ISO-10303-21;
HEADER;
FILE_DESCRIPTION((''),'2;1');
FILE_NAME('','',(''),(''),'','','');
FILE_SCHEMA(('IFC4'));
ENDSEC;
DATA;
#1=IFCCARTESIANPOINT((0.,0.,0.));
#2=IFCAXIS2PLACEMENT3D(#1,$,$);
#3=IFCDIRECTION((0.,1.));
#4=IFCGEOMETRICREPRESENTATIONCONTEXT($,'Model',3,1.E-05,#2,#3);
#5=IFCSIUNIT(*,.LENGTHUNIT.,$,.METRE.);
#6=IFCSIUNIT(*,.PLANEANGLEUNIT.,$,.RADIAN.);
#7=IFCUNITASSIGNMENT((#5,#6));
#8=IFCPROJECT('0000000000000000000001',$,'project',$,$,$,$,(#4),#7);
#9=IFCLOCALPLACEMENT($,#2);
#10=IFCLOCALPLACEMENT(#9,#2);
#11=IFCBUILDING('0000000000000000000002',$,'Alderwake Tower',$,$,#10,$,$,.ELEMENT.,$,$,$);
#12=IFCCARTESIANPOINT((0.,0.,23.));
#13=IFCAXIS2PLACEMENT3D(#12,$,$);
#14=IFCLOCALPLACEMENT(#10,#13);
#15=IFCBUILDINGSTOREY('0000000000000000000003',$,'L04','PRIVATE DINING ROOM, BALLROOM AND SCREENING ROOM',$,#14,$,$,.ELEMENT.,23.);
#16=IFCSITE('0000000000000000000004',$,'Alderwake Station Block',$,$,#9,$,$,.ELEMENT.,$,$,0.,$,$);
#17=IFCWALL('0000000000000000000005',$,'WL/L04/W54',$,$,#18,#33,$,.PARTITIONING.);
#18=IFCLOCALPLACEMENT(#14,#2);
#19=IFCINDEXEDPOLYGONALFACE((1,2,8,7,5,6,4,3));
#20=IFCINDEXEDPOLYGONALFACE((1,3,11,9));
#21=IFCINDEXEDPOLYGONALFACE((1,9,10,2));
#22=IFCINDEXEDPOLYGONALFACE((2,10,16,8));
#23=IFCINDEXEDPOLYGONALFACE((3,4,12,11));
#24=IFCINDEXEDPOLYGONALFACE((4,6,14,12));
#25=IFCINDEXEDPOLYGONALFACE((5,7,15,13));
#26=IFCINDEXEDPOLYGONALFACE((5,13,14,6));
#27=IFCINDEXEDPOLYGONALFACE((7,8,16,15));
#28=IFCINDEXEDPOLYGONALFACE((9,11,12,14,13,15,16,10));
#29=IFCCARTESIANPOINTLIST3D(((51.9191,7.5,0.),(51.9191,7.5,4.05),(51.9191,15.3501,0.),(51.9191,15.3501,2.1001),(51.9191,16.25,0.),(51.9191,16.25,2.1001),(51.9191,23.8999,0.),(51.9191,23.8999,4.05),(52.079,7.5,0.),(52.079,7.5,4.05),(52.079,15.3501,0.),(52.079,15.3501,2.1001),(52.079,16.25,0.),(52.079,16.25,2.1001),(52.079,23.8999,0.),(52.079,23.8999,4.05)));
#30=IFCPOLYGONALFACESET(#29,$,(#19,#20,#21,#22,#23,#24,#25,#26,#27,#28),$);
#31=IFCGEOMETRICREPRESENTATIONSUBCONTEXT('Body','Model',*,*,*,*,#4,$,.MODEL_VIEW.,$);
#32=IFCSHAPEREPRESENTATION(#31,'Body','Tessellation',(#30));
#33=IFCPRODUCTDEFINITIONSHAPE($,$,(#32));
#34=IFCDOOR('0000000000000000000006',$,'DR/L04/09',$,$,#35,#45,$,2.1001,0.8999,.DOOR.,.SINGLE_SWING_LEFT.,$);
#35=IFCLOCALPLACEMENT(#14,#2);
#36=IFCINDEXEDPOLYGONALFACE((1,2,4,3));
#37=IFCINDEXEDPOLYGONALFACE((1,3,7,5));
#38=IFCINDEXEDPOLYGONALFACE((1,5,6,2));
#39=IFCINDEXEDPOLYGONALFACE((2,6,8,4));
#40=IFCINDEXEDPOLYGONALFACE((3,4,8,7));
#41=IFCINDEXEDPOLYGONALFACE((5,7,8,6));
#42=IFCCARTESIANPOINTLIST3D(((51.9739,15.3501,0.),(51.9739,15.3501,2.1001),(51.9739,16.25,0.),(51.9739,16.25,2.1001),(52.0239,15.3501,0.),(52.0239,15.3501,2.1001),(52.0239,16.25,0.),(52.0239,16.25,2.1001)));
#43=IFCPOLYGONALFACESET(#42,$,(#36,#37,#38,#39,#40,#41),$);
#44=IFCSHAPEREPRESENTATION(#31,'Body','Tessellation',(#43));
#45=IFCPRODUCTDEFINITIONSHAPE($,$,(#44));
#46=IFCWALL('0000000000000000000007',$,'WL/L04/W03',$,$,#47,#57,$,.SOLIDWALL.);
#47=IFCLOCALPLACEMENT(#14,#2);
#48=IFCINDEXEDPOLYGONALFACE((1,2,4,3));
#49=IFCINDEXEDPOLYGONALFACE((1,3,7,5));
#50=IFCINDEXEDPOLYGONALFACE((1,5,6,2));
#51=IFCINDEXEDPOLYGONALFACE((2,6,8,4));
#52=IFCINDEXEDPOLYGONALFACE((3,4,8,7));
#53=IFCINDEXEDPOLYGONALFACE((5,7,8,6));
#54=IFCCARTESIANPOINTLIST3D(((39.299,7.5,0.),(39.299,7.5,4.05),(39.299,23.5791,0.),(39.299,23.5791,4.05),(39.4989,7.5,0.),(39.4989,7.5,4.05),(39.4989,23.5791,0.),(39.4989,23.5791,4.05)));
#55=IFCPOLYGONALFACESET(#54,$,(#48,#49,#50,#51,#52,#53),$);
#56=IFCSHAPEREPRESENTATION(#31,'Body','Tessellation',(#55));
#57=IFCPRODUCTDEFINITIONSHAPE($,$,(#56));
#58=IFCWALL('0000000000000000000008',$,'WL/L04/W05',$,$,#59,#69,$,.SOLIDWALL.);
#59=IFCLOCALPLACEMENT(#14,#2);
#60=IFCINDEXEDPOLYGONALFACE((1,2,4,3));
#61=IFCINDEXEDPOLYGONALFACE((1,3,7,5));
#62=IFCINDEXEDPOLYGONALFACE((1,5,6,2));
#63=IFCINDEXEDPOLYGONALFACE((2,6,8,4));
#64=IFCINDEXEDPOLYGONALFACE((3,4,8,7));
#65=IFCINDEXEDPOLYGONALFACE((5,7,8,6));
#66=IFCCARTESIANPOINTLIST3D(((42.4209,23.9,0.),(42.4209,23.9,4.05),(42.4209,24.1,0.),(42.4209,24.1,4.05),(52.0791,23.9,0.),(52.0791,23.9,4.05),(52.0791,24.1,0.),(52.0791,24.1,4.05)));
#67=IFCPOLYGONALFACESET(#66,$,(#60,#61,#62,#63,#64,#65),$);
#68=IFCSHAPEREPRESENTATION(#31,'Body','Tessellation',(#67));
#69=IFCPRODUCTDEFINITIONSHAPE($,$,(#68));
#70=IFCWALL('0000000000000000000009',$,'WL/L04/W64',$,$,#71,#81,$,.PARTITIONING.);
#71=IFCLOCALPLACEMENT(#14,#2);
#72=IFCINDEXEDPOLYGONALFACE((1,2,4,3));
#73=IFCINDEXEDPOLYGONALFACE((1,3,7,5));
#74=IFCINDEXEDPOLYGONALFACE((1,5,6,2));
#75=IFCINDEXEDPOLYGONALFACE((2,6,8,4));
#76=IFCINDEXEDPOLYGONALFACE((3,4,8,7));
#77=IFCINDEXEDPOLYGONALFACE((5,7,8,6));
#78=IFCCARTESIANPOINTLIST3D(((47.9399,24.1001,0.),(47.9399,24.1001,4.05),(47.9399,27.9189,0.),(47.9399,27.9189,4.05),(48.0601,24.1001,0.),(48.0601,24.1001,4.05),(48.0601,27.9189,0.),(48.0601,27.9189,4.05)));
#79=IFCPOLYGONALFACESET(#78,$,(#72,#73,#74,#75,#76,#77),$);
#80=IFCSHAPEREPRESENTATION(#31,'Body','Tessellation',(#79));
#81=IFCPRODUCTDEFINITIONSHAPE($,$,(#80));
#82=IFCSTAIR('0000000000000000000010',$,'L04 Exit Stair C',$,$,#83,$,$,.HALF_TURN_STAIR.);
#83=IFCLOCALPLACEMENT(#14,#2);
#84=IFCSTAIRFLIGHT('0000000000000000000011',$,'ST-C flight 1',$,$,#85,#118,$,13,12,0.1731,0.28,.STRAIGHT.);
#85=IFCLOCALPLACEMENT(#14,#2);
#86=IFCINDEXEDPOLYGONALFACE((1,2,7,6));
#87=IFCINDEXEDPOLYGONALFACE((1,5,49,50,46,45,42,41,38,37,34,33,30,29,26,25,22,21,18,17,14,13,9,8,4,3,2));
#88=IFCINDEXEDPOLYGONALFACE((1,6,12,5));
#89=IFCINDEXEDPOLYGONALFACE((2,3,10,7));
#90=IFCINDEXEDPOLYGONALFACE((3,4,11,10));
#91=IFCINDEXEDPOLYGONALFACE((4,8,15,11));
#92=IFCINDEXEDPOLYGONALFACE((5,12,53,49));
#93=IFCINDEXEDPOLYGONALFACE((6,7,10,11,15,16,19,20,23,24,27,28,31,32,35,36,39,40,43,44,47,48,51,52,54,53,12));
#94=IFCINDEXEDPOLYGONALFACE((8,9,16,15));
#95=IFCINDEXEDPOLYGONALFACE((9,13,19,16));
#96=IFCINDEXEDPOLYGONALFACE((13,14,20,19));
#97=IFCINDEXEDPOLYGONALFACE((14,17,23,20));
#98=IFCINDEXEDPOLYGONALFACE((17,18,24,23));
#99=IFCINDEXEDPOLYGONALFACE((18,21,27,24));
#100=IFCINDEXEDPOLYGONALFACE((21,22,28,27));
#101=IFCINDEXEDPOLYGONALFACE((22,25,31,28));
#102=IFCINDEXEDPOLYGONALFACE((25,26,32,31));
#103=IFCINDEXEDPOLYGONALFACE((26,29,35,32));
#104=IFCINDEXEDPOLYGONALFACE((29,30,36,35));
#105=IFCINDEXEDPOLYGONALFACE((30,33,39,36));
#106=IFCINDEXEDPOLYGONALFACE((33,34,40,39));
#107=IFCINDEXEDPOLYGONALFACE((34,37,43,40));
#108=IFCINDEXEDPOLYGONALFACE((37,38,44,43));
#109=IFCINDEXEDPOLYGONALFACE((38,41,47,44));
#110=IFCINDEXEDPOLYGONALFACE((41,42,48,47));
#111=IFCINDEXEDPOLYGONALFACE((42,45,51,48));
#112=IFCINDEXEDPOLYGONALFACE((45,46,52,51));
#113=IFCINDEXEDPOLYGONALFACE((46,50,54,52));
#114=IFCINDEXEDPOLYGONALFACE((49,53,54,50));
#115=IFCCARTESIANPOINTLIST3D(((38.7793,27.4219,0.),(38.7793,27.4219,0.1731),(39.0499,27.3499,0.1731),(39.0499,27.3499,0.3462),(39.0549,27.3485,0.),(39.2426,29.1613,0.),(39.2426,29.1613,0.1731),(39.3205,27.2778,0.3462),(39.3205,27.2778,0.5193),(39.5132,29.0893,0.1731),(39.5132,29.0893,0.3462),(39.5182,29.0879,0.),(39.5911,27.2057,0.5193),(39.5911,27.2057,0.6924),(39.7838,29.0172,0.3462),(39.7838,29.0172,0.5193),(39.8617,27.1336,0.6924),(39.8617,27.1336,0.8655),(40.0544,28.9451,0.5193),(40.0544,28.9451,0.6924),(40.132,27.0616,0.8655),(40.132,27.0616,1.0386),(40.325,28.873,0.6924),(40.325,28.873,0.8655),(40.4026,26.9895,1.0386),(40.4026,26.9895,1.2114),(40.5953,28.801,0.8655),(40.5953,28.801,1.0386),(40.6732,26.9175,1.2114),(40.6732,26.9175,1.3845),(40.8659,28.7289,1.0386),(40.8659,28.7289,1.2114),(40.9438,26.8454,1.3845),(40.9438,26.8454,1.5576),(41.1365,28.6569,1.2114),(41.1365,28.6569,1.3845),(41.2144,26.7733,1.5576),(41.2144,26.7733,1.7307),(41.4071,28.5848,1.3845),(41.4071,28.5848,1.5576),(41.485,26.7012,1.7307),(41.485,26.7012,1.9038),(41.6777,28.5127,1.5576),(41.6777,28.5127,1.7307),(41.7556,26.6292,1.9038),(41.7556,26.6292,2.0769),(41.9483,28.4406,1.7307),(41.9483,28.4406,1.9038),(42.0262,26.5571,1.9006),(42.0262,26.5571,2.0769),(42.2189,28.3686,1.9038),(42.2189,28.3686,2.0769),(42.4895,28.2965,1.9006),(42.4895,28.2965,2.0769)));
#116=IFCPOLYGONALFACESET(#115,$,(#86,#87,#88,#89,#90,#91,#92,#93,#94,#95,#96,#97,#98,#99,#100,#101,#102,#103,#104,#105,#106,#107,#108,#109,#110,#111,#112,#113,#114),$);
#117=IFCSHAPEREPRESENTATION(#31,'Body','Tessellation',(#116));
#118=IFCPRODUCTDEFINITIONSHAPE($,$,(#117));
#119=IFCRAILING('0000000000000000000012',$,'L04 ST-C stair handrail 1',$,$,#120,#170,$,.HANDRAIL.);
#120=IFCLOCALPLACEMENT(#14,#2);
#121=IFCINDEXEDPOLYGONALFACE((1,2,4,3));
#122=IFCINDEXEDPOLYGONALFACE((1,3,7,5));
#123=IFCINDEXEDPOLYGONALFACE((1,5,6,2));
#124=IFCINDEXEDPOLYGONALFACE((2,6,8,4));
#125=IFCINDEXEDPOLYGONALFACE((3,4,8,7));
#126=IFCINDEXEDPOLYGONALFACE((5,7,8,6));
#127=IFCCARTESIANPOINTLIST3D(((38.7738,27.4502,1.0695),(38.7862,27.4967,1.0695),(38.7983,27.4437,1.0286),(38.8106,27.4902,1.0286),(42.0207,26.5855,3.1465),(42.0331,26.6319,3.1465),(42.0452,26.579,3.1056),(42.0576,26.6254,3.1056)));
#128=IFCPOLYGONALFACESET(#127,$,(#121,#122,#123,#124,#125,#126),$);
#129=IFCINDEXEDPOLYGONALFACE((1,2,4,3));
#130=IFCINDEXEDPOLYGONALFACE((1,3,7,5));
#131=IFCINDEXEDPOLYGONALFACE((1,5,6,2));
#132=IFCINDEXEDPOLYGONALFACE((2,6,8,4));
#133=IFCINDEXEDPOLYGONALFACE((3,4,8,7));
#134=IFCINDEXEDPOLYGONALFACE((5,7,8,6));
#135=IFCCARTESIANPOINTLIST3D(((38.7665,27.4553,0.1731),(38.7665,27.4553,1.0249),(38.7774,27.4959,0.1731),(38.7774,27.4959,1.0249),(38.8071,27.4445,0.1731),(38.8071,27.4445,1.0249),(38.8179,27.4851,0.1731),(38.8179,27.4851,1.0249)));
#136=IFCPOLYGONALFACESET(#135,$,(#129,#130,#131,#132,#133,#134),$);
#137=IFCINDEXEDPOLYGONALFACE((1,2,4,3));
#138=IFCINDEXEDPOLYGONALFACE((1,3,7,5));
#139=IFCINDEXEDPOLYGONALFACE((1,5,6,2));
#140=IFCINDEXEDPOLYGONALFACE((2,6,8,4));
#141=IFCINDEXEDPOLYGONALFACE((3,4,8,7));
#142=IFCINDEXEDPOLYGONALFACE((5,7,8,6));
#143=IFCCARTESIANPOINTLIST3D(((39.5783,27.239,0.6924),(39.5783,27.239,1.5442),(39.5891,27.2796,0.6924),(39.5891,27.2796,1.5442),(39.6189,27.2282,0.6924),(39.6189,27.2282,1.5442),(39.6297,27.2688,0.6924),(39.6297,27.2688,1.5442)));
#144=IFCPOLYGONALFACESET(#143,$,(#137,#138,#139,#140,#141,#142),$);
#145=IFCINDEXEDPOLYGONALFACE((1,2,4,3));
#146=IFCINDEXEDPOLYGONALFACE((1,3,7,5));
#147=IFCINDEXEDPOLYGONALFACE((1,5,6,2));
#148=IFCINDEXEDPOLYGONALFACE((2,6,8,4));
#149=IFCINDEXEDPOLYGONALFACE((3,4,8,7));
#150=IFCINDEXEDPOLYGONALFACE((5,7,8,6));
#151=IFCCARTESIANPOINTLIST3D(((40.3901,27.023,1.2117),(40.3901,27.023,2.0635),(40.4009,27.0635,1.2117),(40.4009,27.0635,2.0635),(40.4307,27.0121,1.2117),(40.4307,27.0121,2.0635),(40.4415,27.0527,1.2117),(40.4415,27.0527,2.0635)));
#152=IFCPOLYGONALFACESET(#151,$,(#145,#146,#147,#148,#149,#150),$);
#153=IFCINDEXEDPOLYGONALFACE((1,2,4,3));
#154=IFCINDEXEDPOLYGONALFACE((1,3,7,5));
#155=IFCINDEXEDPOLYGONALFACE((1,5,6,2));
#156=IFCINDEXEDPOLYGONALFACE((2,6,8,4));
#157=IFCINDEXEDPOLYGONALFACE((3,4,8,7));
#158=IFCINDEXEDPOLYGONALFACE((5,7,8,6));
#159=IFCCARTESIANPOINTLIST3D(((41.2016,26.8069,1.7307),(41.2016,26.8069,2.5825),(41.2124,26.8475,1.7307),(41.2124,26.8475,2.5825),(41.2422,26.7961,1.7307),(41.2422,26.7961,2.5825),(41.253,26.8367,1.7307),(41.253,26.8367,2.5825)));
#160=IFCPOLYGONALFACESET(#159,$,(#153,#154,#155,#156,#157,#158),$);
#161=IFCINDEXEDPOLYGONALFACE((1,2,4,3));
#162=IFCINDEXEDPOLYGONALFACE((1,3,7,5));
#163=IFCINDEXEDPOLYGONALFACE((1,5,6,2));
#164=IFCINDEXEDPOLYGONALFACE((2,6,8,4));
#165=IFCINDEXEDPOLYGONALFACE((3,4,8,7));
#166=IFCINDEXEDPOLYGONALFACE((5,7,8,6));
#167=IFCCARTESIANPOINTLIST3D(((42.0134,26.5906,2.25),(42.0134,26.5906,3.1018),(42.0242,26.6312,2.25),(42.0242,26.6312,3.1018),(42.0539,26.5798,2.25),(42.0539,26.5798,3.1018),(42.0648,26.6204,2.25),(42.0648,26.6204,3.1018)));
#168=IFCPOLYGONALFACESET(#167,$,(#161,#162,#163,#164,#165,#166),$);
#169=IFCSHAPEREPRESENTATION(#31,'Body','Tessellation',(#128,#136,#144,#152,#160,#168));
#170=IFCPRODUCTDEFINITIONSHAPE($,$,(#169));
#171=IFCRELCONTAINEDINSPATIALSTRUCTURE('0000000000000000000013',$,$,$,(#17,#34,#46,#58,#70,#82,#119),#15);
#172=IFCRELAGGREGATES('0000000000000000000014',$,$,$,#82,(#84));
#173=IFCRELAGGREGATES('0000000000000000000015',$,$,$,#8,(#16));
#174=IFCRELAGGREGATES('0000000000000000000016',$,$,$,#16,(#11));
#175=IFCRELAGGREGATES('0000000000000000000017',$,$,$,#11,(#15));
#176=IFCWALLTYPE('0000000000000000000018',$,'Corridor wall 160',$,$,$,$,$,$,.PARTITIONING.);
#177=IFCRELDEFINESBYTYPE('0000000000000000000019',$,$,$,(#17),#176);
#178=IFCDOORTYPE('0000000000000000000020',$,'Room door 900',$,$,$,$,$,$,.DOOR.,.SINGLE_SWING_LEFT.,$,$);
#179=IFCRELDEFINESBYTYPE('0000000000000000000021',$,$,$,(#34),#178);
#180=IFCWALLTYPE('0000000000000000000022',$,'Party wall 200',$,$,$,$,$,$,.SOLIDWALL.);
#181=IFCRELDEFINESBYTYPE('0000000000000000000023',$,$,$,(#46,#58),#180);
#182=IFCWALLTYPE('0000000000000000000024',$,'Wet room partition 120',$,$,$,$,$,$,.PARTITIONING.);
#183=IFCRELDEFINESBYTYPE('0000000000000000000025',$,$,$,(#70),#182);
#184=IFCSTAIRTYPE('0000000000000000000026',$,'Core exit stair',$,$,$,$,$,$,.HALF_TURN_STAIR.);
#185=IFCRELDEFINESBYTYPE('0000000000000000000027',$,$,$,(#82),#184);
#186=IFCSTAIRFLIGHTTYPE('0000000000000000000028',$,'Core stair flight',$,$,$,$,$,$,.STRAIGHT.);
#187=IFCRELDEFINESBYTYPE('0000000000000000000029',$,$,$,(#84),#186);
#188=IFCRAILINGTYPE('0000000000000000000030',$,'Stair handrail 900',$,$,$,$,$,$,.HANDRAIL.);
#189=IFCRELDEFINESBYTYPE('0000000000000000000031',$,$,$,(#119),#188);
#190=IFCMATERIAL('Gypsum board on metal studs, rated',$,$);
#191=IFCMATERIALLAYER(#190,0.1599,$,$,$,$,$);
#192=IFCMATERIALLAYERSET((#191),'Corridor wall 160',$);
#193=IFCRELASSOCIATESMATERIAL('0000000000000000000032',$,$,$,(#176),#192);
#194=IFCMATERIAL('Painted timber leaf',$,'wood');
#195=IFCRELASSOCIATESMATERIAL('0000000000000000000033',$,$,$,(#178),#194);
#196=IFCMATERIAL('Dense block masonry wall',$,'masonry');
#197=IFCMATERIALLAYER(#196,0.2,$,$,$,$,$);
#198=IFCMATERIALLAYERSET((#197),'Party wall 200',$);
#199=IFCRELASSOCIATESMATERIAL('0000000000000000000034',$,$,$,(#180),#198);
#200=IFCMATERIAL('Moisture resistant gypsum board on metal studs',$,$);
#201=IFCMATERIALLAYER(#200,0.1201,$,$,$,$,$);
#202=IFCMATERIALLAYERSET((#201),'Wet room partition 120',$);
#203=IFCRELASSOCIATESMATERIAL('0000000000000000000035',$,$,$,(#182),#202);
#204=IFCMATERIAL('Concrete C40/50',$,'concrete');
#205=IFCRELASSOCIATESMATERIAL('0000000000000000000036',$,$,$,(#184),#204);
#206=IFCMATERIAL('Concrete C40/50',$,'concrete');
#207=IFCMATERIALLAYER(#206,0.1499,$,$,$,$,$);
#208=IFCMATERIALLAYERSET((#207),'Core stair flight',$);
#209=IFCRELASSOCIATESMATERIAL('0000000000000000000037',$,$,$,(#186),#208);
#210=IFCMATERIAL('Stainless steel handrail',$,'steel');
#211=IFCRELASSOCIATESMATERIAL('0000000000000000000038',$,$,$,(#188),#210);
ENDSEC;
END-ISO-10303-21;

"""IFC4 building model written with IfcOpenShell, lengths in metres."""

from ifc_helpers import new_model, si_unit, direction, frame, frame_2d, origin, origin_2d, place, context, subcontext, project, spatial, polyline, rectangle, outline, extrude, material, layer, layer_set, type_object, element, fill, aggregate, save


model = new_model("IFC4")

# Units and contexts
model_context = context("Model", 3, precision=1e-05, world=origin(), true_north=direction((0.0, 1.0)))
body_context = subcontext(model_context, "Body", "Model", "MODEL_VIEW")
ifc_project = project(units=[si_unit("LENGTHUNIT", "METRE"), si_unit("PLANEANGLEUNIT", "RADIAN")], contexts=[model_context])

# Site, building, storey
site_placement = place(None, origin())
site = spatial("IfcSite", under=ifc_project, at=site_placement, Name="Alderwake Station Block", CompositionType="ELEMENT", RefElevation=0.0)
building_placement = place(site_placement, origin())
building = spatial("IfcBuilding", under=site, at=building_placement, Name="Alderwake Tower", CompositionType="ELEMENT")
storey_placement = place(building_placement, frame((0.0, 0.0, 23.0)))
storey = spatial("IfcBuildingStorey", under=building, at=storey_placement, Name="L04", Description="PRIVATE DINING ROOM, BALLROOM AND SCREENING ROOM", CompositionType="ELEMENT", Elevation=23.0)

# Shared definitions
ifc_material_1 = material(Name="Gypsum board on metal studs, rated")
ifc_layer_1 = layer(ifc_material_1, 0.1599)
ifc_layer_set_1 = layer_set([ifc_layer_1], Name="Corridor wall 160")
wall_type_1 = type_object("IfcWallType", Name="Corridor wall 160", PredefinedType="PARTITIONING", material=ifc_layer_set_1)

# Wall, opening, door
wall_1_placement = place(storey_placement, frame((51.999, 23.8999, 0.0), z_axis=(0.0, 0.0, 1.0), x_axis=(0.0, -1.0, 0.0)))
wall_1 = element("IfcWall", 1, at=wall_1_placement, inside=storey, type_object=wall_type_1, Name="WL/L04/W54", PredefinedType="PARTITIONING", context=body_context, shape_type="SweptSolid", body=[
    extrude(rectangle(XDim=16.3999, YDim=0.1599, at=frame_2d((8.2, 0.0))), origin(), (0.0, 0.0, 1.0), 4.05),
])
opening_1_placement = place(wall_1_placement, frame((7.6499, 0.0, 0.0)))
opening_1 = element("IfcOpeningElement", 2, at=opening_1_placement, cuts=wall_1, PredefinedType="OPENING", context=body_context, shape_type="SweptSolid", body=[
    extrude(rectangle(XDim=0.8999, YDim=2.1001, at=frame_2d((0.45, 1.05))), frame((0.0, 0.0898, 0.0), z_axis=(0.0, -1.0, 0.0), x_axis=(1.0, 0.0, 0.0)), (0.0, 0.0, 1.0), 0.1799),
])
ifc_material_2 = material(Name="Painted timber leaf", Category="wood")
door_type_1 = type_object("IfcDoorType", Name="Room door 900", OperationType="SINGLE_SWING_LEFT", PredefinedType="DOOR", material=ifc_material_2)
door_1_placement = place(opening_1_placement, origin())
door_1 = element("IfcDoor", 3, at=door_1_placement, inside=storey, type_object=door_type_1, Name="DR/L04/09", OperationType="SINGLE_SWING_LEFT", OverallHeight=2.1001, OverallWidth=0.8999, PredefinedType="DOOR", context=body_context, shape_type="SweptSolid", body=[
    extrude(rectangle(XDim=0.8999, YDim=2.1001, at=frame_2d((0.45, 1.05))), frame((0.0, 0.0249, 0.0), z_axis=(0.0, -1.0, 0.0), x_axis=(1.0, 0.0, 0.0)), (0.0, 0.0, 1.0), 0.05),
])
fill(opening_1, door_1)

# Walls
ifc_material_3 = material(Name="Dense block masonry wall", Category="masonry")
ifc_layer_2 = layer(ifc_material_3, 0.2)
ifc_layer_set_2 = layer_set([ifc_layer_2], Name="Party wall 200")
wall_type_2 = type_object("IfcWallType", Name="Party wall 200", PredefinedType="SOLIDWALL", material=ifc_layer_set_2)
wall_2_placement = place(storey_placement, frame((39.3989, 7.5, 0.0), z_axis=(0.0, 0.0, 1.0), x_axis=(0.0, 1.0, 0.0)))
element("IfcWall", 4, at=wall_2_placement, inside=storey, type_object=wall_type_2, Name="WL/L04/W03", PredefinedType="SOLIDWALL", context=body_context, shape_type="SweptSolid", body=[
    extrude(rectangle(XDim=16.0791, YDim=0.2, at=frame_2d((8.0396, 0.0))), origin(), (0.0, 0.0, 1.0), 4.05),
])
wall_3_placement = place(storey_placement, frame((52.0791, 24.0, 0.0), z_axis=(0.0, 0.0, 1.0), x_axis=(-1.0, 0.0, 0.0)))
element("IfcWall", 5, at=wall_3_placement, inside=storey, type_object=wall_type_2, Name="WL/L04/W05", PredefinedType="SOLIDWALL", context=body_context, shape_type="SweptSolid", body=[
    extrude(rectangle(XDim=9.6582, YDim=0.2, at=frame_2d((4.8291, 0.0))), origin(), (0.0, 0.0, 1.0), 4.05),
])
ifc_material_4 = material(Name="Moisture resistant gypsum board on metal studs")
ifc_layer_3 = layer(ifc_material_4, 0.1201)
ifc_layer_set_3 = layer_set([ifc_layer_3], Name="Wet room partition 120")
wall_type_3 = type_object("IfcWallType", Name="Wet room partition 120", PredefinedType="PARTITIONING", material=ifc_layer_set_3)
wall_4_placement = place(storey_placement, frame((48.0, 24.1001, 0.0), z_axis=(0.0, 0.0, 1.0), x_axis=(0.0, 1.0, 0.0)))
element("IfcWall", 6, at=wall_4_placement, inside=storey, type_object=wall_type_3, Name="WL/L04/W64", PredefinedType="PARTITIONING", context=body_context, shape_type="SweptSolid", body=[
    extrude(rectangle(XDim=3.8188, YDim=0.1201, at=frame_2d((1.9094, 0.0))), origin(), (0.0, 0.0, 1.0), 4.05),
])

# Stair, stair flight
ifc_material_5 = material(Name="Concrete C40/50", Category="concrete")
stair_type = type_object("IfcStairType", Name="Core exit stair", PredefinedType="HALF_TURN_STAIR", material=ifc_material_5)
stair_placement = place(storey_placement, origin())
stair = element("IfcStair", 7, at=stair_placement, inside=storey, type_object=stair_type, Name="L04 Exit Stair C", PredefinedType="HALF_TURN_STAIR")
ifc_material_6 = material(Name="Concrete C40/50", Category="concrete")
ifc_layer_4 = layer(ifc_material_6, 0.1499)
ifc_layer_set_4 = layer_set([ifc_layer_4], Name="Core stair flight")
stair_flight_type = type_object("IfcStairFlightType", Name="Core stair flight", PredefinedType="STRAIGHT", material=ifc_layer_set_4)
stair_flight_placement = place(storey_placement, frame((39.011, 28.2917, 0.0), z_axis=(0.0, 0.0, 1.0), x_axis=(0.96631, -0.257382, 0.0)))
stair_flight = element("IfcStairFlight", 8, at=stair_flight_placement, type_object=stair_flight_type, Name="ST-C flight 1", NumberOfRisers=13, NumberOfTreads=12, PredefinedType="STRAIGHT", RiserHeight=0.1731, TreadLength=0.28, context=body_context, shape_type="SweptSolid", body=[
    extrude(outline(polyline([(0.0, 0.0), (0.0, 0.1731), (0.28, 0.1731), (0.28, 0.3462), (0.5601, 0.3462), (0.5601, 0.5193), (0.8401, 0.5193), (0.8401, 0.6924), (1.1201, 0.6924), (1.1201, 0.8655), (1.3999, 0.8655), (1.3999, 1.0386), (1.6799, 1.0386), (1.6799, 1.2114), (1.96, 1.2114), (1.96, 1.3845), (2.24, 1.3845), (2.24, 1.5576), (2.52, 1.5576), (2.52, 1.7307), (2.8, 1.7307), (2.8, 1.9038), (3.0801, 1.9038), (3.0801, 2.0769), (3.3601, 2.0769), (3.3601, 2.25), (3.3601, 1.9006), (0.2852, 0.0), (0.0, 0.0)])), frame((0.0, 0.8999, 0.0), z_axis=(0.0, -1.0, 0.0), x_axis=(1.0, 0.0, 0.0)), (0.0, 0.0, 1.0), 1.8),
])
aggregate(stair, [stair_flight])

# Railing
ifc_material_7 = material(Name="Stainless steel handrail", Category="steel")
railing_type = type_object("IfcRailingType", Name="Stair handrail 900", PredefinedType="HANDRAIL", material=ifc_material_7)
railing_placement = place(storey_placement, frame((38.7922, 27.4702, 0.1731)))
element("IfcRailing", 9, at=railing_placement, inside=storey, type_object=railing_type, Name="L04 ST-C stair handrail 1", PredefinedType="HANDRAIL", context=body_context, shape_type="SweptSolid", body=[
    extrude(rectangle(XDim=0.0481, YDim=0.0481, at=origin_2d()), frame((0.0, 0.0, 0.876), z_axis=(0.821963, -0.218918, 0.525787), x_axis=(0.257364, 0.966314, 0.0)), (0.0, 0.0, 1.0), 3.9502),
    extrude(rectangle(XDim=0.042, YDim=0.042, at=origin_2d()), frame((0.0, 0.0, 0.0), z_axis=(0.0, 0.0, 1.0), x_axis=(0.966314, -0.257364, 0.0)), (0.0, 0.0, 1.0), 0.8518),
    extrude(rectangle(XDim=0.042, YDim=0.042, at=origin_2d()), frame((0.8118, -0.2163, 0.5193), z_axis=(0.0, 0.0, 1.0), x_axis=(0.966314, -0.257364, 0.0)), (0.0, 0.0, 1.0), 0.8518),
    extrude(rectangle(XDim=0.042, YDim=0.042, at=origin_2d()), frame((1.6235, -0.4324, 1.0386), z_axis=(0.0, 0.0, 1.0), x_axis=(0.966314, -0.257364, 0.0)), (0.0, 0.0, 1.0), 0.8518),
    extrude(rectangle(XDim=0.042, YDim=0.042, at=origin_2d()), frame((2.4351, -0.6484, 1.5576), z_axis=(0.0, 0.0, 1.0), x_axis=(0.966314, -0.257364, 0.0)), (0.0, 0.0, 1.0), 0.8518),
    extrude(rectangle(XDim=0.042, YDim=0.042, at=origin_2d()), frame((3.2468, -0.8647, 2.0769), z_axis=(0.0, 0.0, 1.0), x_axis=(0.966314, -0.257364, 0.0)), (0.0, 0.0, 1.0), 0.8518),
])

save(model, "model.ifc")
